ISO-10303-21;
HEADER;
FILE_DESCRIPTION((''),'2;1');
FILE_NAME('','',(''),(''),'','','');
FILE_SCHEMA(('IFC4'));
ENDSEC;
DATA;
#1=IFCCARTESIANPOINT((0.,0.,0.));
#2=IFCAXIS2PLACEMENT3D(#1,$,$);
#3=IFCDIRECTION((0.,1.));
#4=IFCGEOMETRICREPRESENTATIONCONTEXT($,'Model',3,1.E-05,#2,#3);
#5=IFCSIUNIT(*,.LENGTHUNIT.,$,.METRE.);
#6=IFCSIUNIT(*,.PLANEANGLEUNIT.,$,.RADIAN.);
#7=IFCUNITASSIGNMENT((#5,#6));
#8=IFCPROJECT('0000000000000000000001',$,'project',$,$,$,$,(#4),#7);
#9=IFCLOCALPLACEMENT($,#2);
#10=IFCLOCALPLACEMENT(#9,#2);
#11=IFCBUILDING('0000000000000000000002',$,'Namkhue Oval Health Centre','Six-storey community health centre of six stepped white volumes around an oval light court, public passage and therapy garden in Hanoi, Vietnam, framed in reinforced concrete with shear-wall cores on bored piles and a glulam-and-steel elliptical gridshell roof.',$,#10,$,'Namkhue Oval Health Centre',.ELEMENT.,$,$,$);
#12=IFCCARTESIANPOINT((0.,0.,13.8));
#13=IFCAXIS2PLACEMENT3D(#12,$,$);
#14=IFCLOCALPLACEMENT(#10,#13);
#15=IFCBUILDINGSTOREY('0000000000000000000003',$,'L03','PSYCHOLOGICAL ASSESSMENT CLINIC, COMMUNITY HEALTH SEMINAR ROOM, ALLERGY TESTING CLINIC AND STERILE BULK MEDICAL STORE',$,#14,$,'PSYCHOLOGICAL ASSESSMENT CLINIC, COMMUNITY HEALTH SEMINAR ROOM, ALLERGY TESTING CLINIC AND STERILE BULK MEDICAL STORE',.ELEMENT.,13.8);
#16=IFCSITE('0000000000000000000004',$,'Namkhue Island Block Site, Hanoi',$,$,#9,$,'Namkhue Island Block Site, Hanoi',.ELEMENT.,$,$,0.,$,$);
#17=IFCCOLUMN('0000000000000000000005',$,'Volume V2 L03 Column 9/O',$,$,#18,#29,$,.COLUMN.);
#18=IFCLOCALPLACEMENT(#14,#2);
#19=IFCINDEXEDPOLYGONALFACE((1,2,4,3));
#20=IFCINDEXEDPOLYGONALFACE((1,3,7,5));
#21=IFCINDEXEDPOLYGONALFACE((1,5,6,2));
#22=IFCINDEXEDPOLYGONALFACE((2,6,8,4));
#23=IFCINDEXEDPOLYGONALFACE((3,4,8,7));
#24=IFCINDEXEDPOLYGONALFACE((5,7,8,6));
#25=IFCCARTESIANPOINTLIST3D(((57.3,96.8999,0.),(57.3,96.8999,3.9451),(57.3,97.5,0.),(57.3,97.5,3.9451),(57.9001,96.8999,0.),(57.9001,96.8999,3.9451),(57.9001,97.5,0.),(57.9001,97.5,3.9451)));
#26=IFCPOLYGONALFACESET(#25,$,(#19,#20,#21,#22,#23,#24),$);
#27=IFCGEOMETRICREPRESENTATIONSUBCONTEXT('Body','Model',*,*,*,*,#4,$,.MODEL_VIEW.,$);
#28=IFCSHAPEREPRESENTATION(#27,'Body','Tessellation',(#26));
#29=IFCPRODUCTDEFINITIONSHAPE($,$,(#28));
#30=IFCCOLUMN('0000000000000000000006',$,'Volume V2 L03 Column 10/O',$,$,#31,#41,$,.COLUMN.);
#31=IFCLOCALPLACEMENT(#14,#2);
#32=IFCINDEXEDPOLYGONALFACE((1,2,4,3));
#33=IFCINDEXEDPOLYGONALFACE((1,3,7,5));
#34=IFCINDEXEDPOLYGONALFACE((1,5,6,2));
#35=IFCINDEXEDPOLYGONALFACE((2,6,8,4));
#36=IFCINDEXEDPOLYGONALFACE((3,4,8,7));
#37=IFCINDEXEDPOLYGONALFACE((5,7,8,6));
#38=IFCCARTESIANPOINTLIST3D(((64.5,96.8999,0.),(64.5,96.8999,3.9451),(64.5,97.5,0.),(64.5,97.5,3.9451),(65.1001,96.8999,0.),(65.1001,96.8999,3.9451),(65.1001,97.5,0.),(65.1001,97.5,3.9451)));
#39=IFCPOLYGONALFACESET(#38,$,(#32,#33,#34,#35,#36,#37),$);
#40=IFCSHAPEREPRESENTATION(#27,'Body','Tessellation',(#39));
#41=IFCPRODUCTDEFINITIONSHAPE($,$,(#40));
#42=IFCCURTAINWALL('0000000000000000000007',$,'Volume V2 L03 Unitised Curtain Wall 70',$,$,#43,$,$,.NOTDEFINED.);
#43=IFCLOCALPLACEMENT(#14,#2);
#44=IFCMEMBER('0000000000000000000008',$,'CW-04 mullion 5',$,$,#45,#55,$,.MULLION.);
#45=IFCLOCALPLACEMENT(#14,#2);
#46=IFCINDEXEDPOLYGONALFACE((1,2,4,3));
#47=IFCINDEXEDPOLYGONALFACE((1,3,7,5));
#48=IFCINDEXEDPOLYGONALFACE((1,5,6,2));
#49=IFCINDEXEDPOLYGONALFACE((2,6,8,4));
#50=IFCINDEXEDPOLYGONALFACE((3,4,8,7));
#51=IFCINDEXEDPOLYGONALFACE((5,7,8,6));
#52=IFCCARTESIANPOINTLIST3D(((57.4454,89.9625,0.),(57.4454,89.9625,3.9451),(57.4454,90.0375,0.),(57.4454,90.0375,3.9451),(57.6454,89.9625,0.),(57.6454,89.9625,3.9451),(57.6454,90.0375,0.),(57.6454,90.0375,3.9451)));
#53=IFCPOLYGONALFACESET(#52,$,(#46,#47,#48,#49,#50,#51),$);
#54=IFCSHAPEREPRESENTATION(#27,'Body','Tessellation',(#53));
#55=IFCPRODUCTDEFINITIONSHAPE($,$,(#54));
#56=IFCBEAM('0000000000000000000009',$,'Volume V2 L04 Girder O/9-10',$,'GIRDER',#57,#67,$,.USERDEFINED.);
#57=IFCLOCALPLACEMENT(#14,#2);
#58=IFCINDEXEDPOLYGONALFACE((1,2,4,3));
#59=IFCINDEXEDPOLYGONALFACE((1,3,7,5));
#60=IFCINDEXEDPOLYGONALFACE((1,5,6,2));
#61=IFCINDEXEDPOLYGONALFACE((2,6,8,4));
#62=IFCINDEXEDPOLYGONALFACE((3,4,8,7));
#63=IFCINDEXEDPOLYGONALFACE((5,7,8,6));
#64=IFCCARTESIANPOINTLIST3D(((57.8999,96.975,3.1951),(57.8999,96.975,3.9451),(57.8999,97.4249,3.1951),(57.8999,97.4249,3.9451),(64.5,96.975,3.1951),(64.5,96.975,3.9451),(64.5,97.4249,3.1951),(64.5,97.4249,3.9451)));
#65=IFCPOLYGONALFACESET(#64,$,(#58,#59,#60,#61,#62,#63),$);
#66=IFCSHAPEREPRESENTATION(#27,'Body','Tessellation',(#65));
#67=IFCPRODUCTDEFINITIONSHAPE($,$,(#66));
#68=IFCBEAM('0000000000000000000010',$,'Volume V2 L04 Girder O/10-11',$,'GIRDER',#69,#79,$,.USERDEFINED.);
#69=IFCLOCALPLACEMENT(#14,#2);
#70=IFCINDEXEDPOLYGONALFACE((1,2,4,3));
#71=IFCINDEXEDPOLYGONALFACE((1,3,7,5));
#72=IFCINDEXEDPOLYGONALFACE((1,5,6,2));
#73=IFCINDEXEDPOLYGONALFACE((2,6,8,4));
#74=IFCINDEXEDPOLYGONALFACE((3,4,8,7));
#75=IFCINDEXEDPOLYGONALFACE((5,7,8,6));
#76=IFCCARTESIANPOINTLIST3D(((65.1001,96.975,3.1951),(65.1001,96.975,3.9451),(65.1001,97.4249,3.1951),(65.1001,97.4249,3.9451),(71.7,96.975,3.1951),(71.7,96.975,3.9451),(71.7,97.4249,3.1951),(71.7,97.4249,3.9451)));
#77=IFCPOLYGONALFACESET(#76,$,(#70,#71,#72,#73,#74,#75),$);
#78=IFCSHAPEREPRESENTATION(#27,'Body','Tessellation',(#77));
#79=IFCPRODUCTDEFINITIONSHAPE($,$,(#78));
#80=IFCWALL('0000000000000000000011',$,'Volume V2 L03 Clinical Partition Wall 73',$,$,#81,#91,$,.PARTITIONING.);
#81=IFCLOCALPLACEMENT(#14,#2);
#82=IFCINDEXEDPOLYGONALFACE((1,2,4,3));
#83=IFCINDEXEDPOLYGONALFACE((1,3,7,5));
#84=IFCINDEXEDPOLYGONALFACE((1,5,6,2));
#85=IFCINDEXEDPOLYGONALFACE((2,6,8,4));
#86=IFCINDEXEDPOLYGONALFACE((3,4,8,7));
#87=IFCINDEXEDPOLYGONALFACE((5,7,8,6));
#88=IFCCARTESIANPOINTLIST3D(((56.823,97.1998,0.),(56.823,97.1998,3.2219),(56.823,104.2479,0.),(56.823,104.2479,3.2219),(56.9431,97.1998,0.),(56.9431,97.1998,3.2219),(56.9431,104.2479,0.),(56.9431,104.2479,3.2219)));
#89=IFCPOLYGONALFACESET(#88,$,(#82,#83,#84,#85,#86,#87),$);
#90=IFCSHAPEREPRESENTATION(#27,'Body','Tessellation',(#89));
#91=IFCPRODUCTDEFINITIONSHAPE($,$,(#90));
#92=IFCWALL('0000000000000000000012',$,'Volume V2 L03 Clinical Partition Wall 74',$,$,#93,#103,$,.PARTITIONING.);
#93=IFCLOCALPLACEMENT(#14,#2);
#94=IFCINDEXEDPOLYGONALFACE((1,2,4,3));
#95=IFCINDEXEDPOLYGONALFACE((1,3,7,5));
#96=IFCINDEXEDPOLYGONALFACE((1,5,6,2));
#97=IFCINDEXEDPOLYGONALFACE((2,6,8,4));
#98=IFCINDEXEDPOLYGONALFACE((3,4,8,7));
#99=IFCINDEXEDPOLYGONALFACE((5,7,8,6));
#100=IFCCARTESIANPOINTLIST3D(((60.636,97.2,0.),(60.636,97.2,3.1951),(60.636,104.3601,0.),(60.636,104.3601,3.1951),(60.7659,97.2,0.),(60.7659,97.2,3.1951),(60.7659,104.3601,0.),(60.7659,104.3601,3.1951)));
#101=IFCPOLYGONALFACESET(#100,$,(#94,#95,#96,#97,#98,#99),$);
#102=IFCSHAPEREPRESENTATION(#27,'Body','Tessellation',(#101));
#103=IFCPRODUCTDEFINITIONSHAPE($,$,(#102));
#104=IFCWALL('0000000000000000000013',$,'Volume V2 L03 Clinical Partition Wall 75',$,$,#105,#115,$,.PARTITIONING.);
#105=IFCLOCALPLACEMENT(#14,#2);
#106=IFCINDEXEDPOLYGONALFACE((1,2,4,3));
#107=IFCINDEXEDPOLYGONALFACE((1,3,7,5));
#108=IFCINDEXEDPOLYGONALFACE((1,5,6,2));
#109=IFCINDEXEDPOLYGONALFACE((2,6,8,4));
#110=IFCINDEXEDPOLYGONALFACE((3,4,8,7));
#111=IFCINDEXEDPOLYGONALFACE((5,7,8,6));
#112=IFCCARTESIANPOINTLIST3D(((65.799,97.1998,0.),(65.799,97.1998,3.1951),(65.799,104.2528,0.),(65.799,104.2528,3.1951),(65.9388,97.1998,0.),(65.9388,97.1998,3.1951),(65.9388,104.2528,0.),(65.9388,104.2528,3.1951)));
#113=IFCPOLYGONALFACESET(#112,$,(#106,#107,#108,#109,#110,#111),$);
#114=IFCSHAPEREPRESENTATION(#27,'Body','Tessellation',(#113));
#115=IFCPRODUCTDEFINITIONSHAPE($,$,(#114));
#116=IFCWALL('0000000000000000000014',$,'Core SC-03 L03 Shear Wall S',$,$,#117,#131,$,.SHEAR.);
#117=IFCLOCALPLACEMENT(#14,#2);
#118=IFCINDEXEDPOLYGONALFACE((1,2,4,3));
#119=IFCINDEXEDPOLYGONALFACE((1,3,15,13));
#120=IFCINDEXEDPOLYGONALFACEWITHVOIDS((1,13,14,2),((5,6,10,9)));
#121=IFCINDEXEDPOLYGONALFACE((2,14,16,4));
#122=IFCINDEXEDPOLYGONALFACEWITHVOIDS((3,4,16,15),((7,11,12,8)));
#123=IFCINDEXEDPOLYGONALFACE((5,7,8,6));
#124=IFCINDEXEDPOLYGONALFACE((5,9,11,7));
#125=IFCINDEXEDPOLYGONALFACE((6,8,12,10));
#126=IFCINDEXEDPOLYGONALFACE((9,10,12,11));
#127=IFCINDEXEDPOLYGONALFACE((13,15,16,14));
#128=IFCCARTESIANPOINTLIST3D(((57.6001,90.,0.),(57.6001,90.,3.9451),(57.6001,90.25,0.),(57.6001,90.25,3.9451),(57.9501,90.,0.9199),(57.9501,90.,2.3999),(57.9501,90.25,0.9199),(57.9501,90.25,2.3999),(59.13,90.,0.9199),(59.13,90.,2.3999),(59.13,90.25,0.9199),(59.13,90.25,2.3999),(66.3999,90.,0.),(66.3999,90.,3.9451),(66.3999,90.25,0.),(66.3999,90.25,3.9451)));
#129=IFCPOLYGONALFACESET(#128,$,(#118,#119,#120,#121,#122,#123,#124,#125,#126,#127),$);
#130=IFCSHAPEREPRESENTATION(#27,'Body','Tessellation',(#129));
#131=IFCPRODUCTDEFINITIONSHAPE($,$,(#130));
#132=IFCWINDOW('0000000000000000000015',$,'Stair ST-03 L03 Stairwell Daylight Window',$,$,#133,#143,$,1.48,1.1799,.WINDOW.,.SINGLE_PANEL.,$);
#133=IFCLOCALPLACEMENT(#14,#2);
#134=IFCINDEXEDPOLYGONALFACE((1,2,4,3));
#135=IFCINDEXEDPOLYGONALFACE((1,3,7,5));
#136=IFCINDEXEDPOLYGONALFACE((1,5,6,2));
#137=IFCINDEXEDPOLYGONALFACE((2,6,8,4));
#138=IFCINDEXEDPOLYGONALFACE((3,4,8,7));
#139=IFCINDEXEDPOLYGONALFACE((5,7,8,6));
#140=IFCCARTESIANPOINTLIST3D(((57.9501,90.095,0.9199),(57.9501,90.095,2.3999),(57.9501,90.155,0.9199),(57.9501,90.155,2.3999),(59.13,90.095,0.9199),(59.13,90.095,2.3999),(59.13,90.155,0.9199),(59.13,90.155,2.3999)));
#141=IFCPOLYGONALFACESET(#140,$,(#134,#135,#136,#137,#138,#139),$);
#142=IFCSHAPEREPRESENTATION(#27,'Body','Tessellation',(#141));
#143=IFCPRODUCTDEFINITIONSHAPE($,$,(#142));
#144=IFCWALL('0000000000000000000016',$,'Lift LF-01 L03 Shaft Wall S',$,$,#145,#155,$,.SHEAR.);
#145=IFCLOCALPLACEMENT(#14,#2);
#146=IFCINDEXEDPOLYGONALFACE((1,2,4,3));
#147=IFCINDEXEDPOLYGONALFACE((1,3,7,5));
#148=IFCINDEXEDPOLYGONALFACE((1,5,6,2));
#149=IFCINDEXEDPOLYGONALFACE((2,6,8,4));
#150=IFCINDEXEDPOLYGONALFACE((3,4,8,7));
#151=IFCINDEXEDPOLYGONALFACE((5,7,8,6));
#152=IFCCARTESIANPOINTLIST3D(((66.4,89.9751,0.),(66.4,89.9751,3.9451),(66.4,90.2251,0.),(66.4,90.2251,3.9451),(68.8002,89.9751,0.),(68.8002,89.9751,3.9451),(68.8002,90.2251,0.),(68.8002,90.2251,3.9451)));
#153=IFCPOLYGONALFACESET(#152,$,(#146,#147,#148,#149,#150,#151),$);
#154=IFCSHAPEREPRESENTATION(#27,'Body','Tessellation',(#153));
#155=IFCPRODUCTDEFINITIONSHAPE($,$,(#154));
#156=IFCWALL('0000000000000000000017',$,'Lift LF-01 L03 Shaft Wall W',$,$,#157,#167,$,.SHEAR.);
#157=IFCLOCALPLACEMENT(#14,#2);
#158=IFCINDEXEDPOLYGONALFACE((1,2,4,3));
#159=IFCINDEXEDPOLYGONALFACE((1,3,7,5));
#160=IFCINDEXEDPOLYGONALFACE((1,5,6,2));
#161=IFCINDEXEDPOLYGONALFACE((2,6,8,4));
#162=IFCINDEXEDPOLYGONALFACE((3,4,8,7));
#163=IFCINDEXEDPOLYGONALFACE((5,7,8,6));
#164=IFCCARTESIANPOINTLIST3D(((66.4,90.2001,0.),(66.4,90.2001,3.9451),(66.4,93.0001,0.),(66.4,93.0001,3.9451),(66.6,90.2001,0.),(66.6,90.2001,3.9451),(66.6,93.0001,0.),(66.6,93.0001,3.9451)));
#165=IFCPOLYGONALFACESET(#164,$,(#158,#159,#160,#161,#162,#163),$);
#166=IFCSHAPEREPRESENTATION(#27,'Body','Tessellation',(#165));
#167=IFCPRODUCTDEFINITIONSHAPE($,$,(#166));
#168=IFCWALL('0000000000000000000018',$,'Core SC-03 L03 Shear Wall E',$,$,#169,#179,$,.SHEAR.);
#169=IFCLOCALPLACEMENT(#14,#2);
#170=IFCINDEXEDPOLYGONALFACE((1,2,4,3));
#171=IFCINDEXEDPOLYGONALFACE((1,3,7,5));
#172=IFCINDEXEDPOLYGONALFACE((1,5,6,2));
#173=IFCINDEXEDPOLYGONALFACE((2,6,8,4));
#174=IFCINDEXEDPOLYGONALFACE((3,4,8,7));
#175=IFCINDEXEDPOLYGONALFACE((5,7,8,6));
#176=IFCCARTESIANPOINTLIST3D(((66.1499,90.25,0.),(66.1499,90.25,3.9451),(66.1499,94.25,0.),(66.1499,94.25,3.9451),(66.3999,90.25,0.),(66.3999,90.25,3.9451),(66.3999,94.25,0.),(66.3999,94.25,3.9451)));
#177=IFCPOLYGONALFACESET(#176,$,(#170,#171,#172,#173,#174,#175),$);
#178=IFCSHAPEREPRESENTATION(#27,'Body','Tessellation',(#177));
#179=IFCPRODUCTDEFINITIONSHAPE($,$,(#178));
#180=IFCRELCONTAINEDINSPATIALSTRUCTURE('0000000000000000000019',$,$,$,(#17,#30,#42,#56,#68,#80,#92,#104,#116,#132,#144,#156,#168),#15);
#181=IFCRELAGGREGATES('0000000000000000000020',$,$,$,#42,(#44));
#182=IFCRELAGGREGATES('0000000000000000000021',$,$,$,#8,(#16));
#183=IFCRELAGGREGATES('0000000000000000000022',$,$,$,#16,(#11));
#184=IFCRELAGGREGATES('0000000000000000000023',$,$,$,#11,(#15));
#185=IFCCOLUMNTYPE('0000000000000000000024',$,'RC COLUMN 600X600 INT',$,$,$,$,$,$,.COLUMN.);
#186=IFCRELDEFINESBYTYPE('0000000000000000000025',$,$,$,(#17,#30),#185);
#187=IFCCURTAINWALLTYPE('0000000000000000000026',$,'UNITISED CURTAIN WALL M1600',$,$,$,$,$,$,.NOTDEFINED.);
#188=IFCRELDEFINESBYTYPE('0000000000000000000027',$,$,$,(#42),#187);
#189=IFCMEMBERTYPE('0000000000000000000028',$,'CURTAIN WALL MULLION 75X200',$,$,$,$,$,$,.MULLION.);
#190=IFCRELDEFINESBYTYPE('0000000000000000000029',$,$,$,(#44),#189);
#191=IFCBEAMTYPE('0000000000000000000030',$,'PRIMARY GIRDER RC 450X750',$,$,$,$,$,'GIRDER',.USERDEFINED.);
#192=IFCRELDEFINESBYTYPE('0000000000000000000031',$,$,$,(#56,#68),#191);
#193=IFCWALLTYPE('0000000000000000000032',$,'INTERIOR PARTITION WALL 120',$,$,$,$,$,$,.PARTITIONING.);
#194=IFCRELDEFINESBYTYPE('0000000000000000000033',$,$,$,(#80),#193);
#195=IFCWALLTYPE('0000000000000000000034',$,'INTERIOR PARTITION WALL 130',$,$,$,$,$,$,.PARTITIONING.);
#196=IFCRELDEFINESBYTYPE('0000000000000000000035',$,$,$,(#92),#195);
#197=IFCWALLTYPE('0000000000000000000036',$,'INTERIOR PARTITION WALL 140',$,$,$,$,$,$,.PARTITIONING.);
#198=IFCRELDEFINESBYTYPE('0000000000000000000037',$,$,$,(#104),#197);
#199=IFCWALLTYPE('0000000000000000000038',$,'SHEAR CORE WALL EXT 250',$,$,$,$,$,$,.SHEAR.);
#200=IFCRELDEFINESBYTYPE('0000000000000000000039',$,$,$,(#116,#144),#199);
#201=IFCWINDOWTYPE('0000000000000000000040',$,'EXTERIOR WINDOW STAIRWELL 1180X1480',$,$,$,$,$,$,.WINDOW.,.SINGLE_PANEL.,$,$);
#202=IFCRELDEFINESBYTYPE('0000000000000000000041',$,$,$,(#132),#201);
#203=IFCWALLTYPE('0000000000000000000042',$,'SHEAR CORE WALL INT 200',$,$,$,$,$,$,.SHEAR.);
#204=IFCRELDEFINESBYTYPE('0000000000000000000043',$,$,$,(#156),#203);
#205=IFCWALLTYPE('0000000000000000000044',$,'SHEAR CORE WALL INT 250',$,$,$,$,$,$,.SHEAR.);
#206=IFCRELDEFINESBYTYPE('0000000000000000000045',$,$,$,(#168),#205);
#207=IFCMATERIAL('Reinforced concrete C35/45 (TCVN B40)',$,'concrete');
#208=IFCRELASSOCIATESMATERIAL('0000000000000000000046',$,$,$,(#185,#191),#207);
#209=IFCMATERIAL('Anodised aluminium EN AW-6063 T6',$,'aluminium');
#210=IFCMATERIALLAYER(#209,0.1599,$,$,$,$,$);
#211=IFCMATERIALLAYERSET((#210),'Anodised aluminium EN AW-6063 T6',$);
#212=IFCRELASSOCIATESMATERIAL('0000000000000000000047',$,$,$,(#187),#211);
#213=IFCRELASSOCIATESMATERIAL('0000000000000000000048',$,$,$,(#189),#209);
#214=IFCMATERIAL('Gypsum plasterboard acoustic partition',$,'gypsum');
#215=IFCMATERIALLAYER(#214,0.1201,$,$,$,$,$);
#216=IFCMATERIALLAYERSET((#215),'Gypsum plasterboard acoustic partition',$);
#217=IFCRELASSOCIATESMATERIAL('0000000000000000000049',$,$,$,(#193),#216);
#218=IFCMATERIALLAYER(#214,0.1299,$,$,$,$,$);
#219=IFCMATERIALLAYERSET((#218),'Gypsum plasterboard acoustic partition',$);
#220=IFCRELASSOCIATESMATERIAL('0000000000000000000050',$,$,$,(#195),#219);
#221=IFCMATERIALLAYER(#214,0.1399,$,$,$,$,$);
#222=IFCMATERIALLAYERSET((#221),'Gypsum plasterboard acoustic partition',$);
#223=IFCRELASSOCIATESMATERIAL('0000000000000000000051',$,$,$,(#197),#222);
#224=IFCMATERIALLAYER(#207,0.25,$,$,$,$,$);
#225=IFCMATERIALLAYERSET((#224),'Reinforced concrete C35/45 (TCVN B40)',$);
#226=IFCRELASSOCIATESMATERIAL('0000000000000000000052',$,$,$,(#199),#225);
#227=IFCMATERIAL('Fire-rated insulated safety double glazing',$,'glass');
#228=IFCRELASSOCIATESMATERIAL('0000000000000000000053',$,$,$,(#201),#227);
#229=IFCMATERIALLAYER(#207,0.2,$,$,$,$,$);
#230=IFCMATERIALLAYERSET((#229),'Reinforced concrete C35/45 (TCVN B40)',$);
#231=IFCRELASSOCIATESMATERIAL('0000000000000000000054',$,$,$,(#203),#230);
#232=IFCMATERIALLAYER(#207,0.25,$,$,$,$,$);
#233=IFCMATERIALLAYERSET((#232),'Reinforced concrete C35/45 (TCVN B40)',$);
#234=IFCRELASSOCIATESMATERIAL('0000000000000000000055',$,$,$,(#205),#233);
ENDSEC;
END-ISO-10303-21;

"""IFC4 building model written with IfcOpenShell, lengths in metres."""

from ifc_helpers import new_model, si_unit, direction, frame, frame_2d, origin, origin_2d, place, context, subcontext, project, spatial, rectangle, extrude, material, layer, layer_set, material_profile, profile_set, type_object, element, fill, aggregate, save


model = new_model("IFC4")

# Units and contexts
model_context = context("Model", 3, precision=1e-05, world=origin(), true_north=direction((0.0, 1.0)))
body_context = subcontext(model_context, "Body", "Model", "MODEL_VIEW")
ifc_project = project(units=[si_unit("LENGTHUNIT", "METRE"), si_unit("PLANEANGLEUNIT", "RADIAN")], contexts=[model_context])

# Site, building, storey
site_placement = place(None, origin())
site = spatial("IfcSite", under=ifc_project, at=site_placement, Name="Namkhue Island Block Site, Hanoi", LongName="Namkhue Island Block Site, Hanoi", CompositionType="ELEMENT", RefElevation=0.0)
building_placement = place(site_placement, origin())
building = spatial("IfcBuilding", under=site, at=building_placement, Name="Namkhue Oval Health Centre", Description="Six-storey community health centre of six stepped white volumes around an oval light court, public passage and therapy garden in Hanoi, Vietnam, framed in reinforced concrete with shear-wall cores on bored piles and a glulam-and-steel elliptical gridshell roof.", LongName="Namkhue Oval Health Centre", CompositionType="ELEMENT")
storey_placement = place(building_placement, frame((0.0, 0.0, 13.8)))
storey = spatial("IfcBuildingStorey", under=building, at=storey_placement, Name="L03", Description="PSYCHOLOGICAL ASSESSMENT CLINIC, COMMUNITY HEALTH SEMINAR ROOM, ALLERGY TESTING CLINIC AND STERILE BULK MEDICAL STORE", LongName="PSYCHOLOGICAL ASSESSMENT CLINIC, COMMUNITY HEALTH SEMINAR ROOM, ALLERGY TESTING CLINIC AND STERILE BULK MEDICAL STORE", CompositionType="ELEMENT", Elevation=13.8)

# Columns
ifc_material_1 = material(Name="Reinforced concrete C35/45 (TCVN B40)", Category="concrete")
ifc_material_profile_1 = material_profile(ifc_material_1, rectangle(XDim=0.6001, YDim=0.6001, at=origin_2d()), Name="RC 600x600")
ifc_profile_set_1 = profile_set([ifc_material_profile_1], Name="Reinforced concrete C35/45 (TCVN B40)")
column_type = type_object("IfcColumnType", Name="RC COLUMN 600X600 INT", PredefinedType="COLUMN", material=ifc_profile_set_1)
for number, where, z_axis, x_axis, name in (
    (1, (57.6001, 97.2, 0.0), (0.0, 0.0, 1.0), (1.0, 0.0, 0.0), "Volume V2 L03 Column 9/O"),
    (2, (64.8, 97.2, 0.0), (0.0, 0.0, 1.0), (1.0, 0.0, 0.0), "Volume V2 L03 Column 10/O"),
):
    element("IfcColumn", number, at=place(storey_placement, frame(where, z_axis=z_axis, x_axis=x_axis)), inside=storey, type_object=column_type, Name=name, PredefinedType="COLUMN", context=body_context, shape_type="SweptSolid", body=[
        extrude(rectangle(XDim=0.6001, YDim=0.6001, at=origin_2d()), origin(), (0.0, 0.0, 1.0), 3.9451),
    ])

# Curtain wall, member
ifc_material_2 = material(Name="Anodised aluminium EN AW-6063 T6", Category="aluminium")
ifc_layer_1 = layer(ifc_material_2, 0.1599)
ifc_layer_set_1 = layer_set([ifc_layer_1], Name="Anodised aluminium EN AW-6063 T6")
curtain_wall_type = type_object("IfcCurtainWallType", Name="UNITISED CURTAIN WALL M1600", PredefinedType="NOTDEFINED", material=ifc_layer_set_1)
curtain_wall_placement = place(storey_placement, origin())
curtain_wall = element("IfcCurtainWall", 3, at=curtain_wall_placement, inside=storey, type_object=curtain_wall_type, Name="Volume V2 L03 Unitised Curtain Wall 70", PredefinedType="NOTDEFINED")
ifc_material_profile_2 = material_profile(ifc_material_2, rectangle(XDim=0.075, YDim=0.2, at=origin_2d()), Name="ALU 75x200")
ifc_profile_set_2 = profile_set([ifc_material_profile_2], Name="Anodised aluminium EN AW-6063 T6")
member_type = type_object("IfcMemberType", Name="CURTAIN WALL MULLION 75X200", PredefinedType="MULLION", material=ifc_profile_set_2)
member_placement = place(storey_placement, frame((57.5454, 90.0, 0.0), z_axis=(0.0, 0.0, 1.0), x_axis=(0.0, 1.0, 0.0)))
member = element("IfcMember", 4, at=member_placement, type_object=member_type, Name="CW-04 mullion 5", PredefinedType="MULLION", context=body_context, shape_type="SweptSolid", body=[
    extrude(rectangle(XDim=0.075, YDim=0.2, at=origin_2d()), origin(), (0.0, 0.0, 1.0), 3.9451),
])
aggregate(curtain_wall, [member])

# Beams
ifc_material_profile_3 = material_profile(ifc_material_1, rectangle(XDim=0.45, YDim=0.75, at=origin_2d()), Name="RC 450x750")
ifc_profile_set_3 = profile_set([ifc_material_profile_3], Name="Reinforced concrete C35/45 (TCVN B40)")
beam_type = type_object("IfcBeamType", Name="PRIMARY GIRDER RC 450X750", ElementType="GIRDER", PredefinedType="USERDEFINED", material=ifc_profile_set_3)
beam_1_placement = place(storey_placement, frame((57.8999, 97.2, 3.5701), z_axis=(1.0, 0.0, 0.0), x_axis=(0.0, 1.0, 0.0)))
element("IfcBeam", 5, at=beam_1_placement, inside=storey, type_object=beam_type, Name="Volume V2 L04 Girder O/9-10", ObjectType="GIRDER", PredefinedType="USERDEFINED", context=body_context, shape_type="SweptSolid", body=[
    extrude(rectangle(XDim=0.45, YDim=0.75, at=origin_2d()), origin(), (0.0, 0.0, 1.0), 6.6001),
])
beam_2_placement = place(storey_placement, frame((65.1001, 97.2, 3.5701), z_axis=(1.0, 0.0, 0.0), x_axis=(0.0, 1.0, 0.0)))
element("IfcBeam", 6, at=beam_2_placement, inside=storey, type_object=beam_type, Name="Volume V2 L04 Girder O/10-11", ObjectType="GIRDER", PredefinedType="USERDEFINED", context=body_context, shape_type="SweptSolid", body=[
    extrude(rectangle(XDim=0.45, YDim=0.75, at=origin_2d()), origin(), (0.0, 0.0, 1.0), 6.5999),
])

# Walls
ifc_material_3 = material(Name="Gypsum plasterboard acoustic partition", Category="gypsum")
ifc_layer_2 = layer(ifc_material_3, 0.1201)
ifc_layer_set_2 = layer_set([ifc_layer_2], Name="Gypsum plasterboard acoustic partition")
wall_type_1 = type_object("IfcWallType", Name="INTERIOR PARTITION WALL 120", PredefinedType="PARTITIONING", material=ifc_layer_set_2)
wall_1_placement = place(storey_placement, frame((56.8831, 97.2, 0.0), z_axis=(0.0, 0.0, 1.0), x_axis=(0.0, 1.0, 0.0)))
element("IfcWall", 7, at=wall_1_placement, inside=storey, type_object=wall_type_1, Name="Volume V2 L03 Clinical Partition Wall 73", PredefinedType="PARTITIONING", context=body_context, shape_type="SweptSolid", body=[
    extrude(rectangle(XDim=7.0481, YDim=0.1201, at=frame_2d((3.5239, 0.0))), origin(), (0.0, 0.0, 1.0), 3.2219),
])
ifc_layer_3 = layer(ifc_material_3, 0.1299)
ifc_layer_set_3 = layer_set([ifc_layer_3], Name="Gypsum plasterboard acoustic partition")
wall_type_2 = type_object("IfcWallType", Name="INTERIOR PARTITION WALL 130", PredefinedType="PARTITIONING", material=ifc_layer_set_3)
wall_2_placement = place(storey_placement, frame((60.7009, 97.2, 0.0), z_axis=(0.0, 0.0, 1.0), x_axis=(0.0, 1.0, 0.0)))
element("IfcWall", 8, at=wall_2_placement, inside=storey, type_object=wall_type_2, Name="Volume V2 L03 Clinical Partition Wall 74", PredefinedType="PARTITIONING", context=body_context, shape_type="SweptSolid", body=[
    extrude(rectangle(XDim=7.1602, YDim=0.1299, at=frame_2d((3.5801, 0.0))), origin(), (0.0, 0.0, 1.0), 3.1951),
])
ifc_layer_4 = layer(ifc_material_3, 0.1399)
ifc_layer_set_4 = layer_set([ifc_layer_4], Name="Gypsum plasterboard acoustic partition")
wall_type_3 = type_object("IfcWallType", Name="INTERIOR PARTITION WALL 140", PredefinedType="PARTITIONING", material=ifc_layer_set_4)
wall_3_placement = place(storey_placement, frame((65.8689, 97.2, 0.0), z_axis=(0.0, 0.0, 1.0), x_axis=(0.0, 1.0, 0.0)))
element("IfcWall", 9, at=wall_3_placement, inside=storey, type_object=wall_type_3, Name="Volume V2 L03 Clinical Partition Wall 75", PredefinedType="PARTITIONING", context=body_context, shape_type="SweptSolid", body=[
    extrude(rectangle(XDim=7.053, YDim=0.1399, at=frame_2d((3.5264, 0.0))), origin(), (0.0, 0.0, 1.0), 3.1951),
])

# Wall, opening, window
ifc_layer_5 = layer(ifc_material_1, 0.25)
ifc_layer_set_5 = layer_set([ifc_layer_5], Name="Reinforced concrete C35/45 (TCVN B40)")
wall_type_4 = type_object("IfcWallType", Name="SHEAR CORE WALL EXT 250", PredefinedType="SHEAR", material=ifc_layer_set_5)
wall_4_placement = place(storey_placement, frame((57.6001, 90.125, 0.0), z_axis=(0.0, 0.0, 1.0), x_axis=(1.0, 0.0, 0.0)))
wall_4 = element("IfcWall", 10, at=wall_4_placement, inside=storey, type_object=wall_type_4, Name="Core SC-03 L03 Shear Wall S", PredefinedType="SHEAR", context=body_context, shape_type="SweptSolid", body=[
    extrude(rectangle(XDim=8.7998, YDim=0.25, at=frame_2d((4.3999, 0.0))), origin(), (0.0, 0.0, 1.0), 3.9451),
])
opening_1_placement = place(wall_4_placement, frame((0.3501, 0.0, 0.9199)))
opening_1 = element("IfcOpeningElement", 11, at=opening_1_placement, cuts=wall_4, PredefinedType="OPENING", context=body_context, shape_type="SweptSolid", body=[
    extrude(rectangle(XDim=1.1799, YDim=1.48, at=frame_2d((0.5898, 0.74))), frame((0.0, 0.135, 0.0), z_axis=(0.0, -1.0, 0.0), x_axis=(1.0, 0.0, 0.0)), (0.0, 0.0, 1.0), 0.27),
])
ifc_material_4 = material(Name="Fire-rated insulated safety double glazing", Category="glass")
window_type = type_object("IfcWindowType", Name="EXTERIOR WINDOW STAIRWELL 1180X1480", PartitioningType="SINGLE_PANEL", PredefinedType="WINDOW", material=ifc_material_4)
window_placement = place(opening_1_placement, origin())
window = element("IfcWindow", 12, at=window_placement, inside=storey, type_object=window_type, Name="Stair ST-03 L03 Stairwell Daylight Window", OverallHeight=1.48, OverallWidth=1.1799, PartitioningType="SINGLE_PANEL", PredefinedType="WINDOW", context=body_context, shape_type="SweptSolid", body=[
    extrude(rectangle(XDim=1.1799, YDim=1.48, at=frame_2d((0.5898, 0.74))), frame((0.0, 0.03, 0.0), z_axis=(0.0, -1.0, 0.0), x_axis=(1.0, 0.0, 0.0)), (0.0, 0.0, 1.0), 0.0601),
])
fill(opening_1, window)

# Walls
wall_5_placement = place(storey_placement, frame((66.3999, 90.1001, 0.0), z_axis=(0.0, 0.0, 1.0), x_axis=(1.0, 0.0, 0.0)))
element("IfcWall", 13, at=wall_5_placement, inside=storey, type_object=wall_type_4, Name="Lift LF-01 L03 Shaft Wall S", PredefinedType="SHEAR", context=body_context, shape_type="SweptSolid", body=[
    extrude(rectangle(XDim=2.4001, YDim=0.25, at=frame_2d((1.2002, 0.0))), origin(), (0.0, 0.0, 1.0), 3.9451),
])
ifc_layer_6 = layer(ifc_material_1, 0.2)
ifc_layer_set_6 = layer_set([ifc_layer_6], Name="Reinforced concrete C35/45 (TCVN B40)")
wall_type_5 = type_object("IfcWallType", Name="SHEAR CORE WALL INT 200", PredefinedType="SHEAR", material=ifc_layer_set_6)
wall_6_placement = place(storey_placement, frame((66.5, 93.0, 0.0), z_axis=(0.0, 0.0, 1.0), x_axis=(0.0, -1.0, 0.0)))
element("IfcWall", 14, at=wall_6_placement, inside=storey, type_object=wall_type_5, Name="Lift LF-01 L03 Shaft Wall W", PredefinedType="SHEAR", context=body_context, shape_type="SweptSolid", body=[
    extrude(rectangle(XDim=2.8, YDim=0.2, at=frame_2d((1.3999, 0.0))), origin(), (0.0, 0.0, 1.0), 3.9451),
])
ifc_layer_7 = layer(ifc_material_1, 0.25)
ifc_layer_set_7 = layer_set([ifc_layer_7], Name="Reinforced concrete C35/45 (TCVN B40)")
wall_type_6 = type_object("IfcWallType", Name="SHEAR CORE WALL INT 250", PredefinedType="SHEAR", material=ifc_layer_set_7)
wall_7_placement = place(storey_placement, frame((66.2749, 90.25, 0.0), z_axis=(0.0, 0.0, 1.0), x_axis=(0.0, 1.0, 0.0)))
element("IfcWall", 15, at=wall_7_placement, inside=storey, type_object=wall_type_6, Name="Core SC-03 L03 Shear Wall E", PredefinedType="SHEAR", context=body_context, shape_type="SweptSolid", body=[
    extrude(rectangle(XDim=4.0, YDim=0.25, at=frame_2d((2.0, 0.0))), origin(), (0.0, 0.0, 1.0), 3.9451),
])

save(model, "model.ifc")
